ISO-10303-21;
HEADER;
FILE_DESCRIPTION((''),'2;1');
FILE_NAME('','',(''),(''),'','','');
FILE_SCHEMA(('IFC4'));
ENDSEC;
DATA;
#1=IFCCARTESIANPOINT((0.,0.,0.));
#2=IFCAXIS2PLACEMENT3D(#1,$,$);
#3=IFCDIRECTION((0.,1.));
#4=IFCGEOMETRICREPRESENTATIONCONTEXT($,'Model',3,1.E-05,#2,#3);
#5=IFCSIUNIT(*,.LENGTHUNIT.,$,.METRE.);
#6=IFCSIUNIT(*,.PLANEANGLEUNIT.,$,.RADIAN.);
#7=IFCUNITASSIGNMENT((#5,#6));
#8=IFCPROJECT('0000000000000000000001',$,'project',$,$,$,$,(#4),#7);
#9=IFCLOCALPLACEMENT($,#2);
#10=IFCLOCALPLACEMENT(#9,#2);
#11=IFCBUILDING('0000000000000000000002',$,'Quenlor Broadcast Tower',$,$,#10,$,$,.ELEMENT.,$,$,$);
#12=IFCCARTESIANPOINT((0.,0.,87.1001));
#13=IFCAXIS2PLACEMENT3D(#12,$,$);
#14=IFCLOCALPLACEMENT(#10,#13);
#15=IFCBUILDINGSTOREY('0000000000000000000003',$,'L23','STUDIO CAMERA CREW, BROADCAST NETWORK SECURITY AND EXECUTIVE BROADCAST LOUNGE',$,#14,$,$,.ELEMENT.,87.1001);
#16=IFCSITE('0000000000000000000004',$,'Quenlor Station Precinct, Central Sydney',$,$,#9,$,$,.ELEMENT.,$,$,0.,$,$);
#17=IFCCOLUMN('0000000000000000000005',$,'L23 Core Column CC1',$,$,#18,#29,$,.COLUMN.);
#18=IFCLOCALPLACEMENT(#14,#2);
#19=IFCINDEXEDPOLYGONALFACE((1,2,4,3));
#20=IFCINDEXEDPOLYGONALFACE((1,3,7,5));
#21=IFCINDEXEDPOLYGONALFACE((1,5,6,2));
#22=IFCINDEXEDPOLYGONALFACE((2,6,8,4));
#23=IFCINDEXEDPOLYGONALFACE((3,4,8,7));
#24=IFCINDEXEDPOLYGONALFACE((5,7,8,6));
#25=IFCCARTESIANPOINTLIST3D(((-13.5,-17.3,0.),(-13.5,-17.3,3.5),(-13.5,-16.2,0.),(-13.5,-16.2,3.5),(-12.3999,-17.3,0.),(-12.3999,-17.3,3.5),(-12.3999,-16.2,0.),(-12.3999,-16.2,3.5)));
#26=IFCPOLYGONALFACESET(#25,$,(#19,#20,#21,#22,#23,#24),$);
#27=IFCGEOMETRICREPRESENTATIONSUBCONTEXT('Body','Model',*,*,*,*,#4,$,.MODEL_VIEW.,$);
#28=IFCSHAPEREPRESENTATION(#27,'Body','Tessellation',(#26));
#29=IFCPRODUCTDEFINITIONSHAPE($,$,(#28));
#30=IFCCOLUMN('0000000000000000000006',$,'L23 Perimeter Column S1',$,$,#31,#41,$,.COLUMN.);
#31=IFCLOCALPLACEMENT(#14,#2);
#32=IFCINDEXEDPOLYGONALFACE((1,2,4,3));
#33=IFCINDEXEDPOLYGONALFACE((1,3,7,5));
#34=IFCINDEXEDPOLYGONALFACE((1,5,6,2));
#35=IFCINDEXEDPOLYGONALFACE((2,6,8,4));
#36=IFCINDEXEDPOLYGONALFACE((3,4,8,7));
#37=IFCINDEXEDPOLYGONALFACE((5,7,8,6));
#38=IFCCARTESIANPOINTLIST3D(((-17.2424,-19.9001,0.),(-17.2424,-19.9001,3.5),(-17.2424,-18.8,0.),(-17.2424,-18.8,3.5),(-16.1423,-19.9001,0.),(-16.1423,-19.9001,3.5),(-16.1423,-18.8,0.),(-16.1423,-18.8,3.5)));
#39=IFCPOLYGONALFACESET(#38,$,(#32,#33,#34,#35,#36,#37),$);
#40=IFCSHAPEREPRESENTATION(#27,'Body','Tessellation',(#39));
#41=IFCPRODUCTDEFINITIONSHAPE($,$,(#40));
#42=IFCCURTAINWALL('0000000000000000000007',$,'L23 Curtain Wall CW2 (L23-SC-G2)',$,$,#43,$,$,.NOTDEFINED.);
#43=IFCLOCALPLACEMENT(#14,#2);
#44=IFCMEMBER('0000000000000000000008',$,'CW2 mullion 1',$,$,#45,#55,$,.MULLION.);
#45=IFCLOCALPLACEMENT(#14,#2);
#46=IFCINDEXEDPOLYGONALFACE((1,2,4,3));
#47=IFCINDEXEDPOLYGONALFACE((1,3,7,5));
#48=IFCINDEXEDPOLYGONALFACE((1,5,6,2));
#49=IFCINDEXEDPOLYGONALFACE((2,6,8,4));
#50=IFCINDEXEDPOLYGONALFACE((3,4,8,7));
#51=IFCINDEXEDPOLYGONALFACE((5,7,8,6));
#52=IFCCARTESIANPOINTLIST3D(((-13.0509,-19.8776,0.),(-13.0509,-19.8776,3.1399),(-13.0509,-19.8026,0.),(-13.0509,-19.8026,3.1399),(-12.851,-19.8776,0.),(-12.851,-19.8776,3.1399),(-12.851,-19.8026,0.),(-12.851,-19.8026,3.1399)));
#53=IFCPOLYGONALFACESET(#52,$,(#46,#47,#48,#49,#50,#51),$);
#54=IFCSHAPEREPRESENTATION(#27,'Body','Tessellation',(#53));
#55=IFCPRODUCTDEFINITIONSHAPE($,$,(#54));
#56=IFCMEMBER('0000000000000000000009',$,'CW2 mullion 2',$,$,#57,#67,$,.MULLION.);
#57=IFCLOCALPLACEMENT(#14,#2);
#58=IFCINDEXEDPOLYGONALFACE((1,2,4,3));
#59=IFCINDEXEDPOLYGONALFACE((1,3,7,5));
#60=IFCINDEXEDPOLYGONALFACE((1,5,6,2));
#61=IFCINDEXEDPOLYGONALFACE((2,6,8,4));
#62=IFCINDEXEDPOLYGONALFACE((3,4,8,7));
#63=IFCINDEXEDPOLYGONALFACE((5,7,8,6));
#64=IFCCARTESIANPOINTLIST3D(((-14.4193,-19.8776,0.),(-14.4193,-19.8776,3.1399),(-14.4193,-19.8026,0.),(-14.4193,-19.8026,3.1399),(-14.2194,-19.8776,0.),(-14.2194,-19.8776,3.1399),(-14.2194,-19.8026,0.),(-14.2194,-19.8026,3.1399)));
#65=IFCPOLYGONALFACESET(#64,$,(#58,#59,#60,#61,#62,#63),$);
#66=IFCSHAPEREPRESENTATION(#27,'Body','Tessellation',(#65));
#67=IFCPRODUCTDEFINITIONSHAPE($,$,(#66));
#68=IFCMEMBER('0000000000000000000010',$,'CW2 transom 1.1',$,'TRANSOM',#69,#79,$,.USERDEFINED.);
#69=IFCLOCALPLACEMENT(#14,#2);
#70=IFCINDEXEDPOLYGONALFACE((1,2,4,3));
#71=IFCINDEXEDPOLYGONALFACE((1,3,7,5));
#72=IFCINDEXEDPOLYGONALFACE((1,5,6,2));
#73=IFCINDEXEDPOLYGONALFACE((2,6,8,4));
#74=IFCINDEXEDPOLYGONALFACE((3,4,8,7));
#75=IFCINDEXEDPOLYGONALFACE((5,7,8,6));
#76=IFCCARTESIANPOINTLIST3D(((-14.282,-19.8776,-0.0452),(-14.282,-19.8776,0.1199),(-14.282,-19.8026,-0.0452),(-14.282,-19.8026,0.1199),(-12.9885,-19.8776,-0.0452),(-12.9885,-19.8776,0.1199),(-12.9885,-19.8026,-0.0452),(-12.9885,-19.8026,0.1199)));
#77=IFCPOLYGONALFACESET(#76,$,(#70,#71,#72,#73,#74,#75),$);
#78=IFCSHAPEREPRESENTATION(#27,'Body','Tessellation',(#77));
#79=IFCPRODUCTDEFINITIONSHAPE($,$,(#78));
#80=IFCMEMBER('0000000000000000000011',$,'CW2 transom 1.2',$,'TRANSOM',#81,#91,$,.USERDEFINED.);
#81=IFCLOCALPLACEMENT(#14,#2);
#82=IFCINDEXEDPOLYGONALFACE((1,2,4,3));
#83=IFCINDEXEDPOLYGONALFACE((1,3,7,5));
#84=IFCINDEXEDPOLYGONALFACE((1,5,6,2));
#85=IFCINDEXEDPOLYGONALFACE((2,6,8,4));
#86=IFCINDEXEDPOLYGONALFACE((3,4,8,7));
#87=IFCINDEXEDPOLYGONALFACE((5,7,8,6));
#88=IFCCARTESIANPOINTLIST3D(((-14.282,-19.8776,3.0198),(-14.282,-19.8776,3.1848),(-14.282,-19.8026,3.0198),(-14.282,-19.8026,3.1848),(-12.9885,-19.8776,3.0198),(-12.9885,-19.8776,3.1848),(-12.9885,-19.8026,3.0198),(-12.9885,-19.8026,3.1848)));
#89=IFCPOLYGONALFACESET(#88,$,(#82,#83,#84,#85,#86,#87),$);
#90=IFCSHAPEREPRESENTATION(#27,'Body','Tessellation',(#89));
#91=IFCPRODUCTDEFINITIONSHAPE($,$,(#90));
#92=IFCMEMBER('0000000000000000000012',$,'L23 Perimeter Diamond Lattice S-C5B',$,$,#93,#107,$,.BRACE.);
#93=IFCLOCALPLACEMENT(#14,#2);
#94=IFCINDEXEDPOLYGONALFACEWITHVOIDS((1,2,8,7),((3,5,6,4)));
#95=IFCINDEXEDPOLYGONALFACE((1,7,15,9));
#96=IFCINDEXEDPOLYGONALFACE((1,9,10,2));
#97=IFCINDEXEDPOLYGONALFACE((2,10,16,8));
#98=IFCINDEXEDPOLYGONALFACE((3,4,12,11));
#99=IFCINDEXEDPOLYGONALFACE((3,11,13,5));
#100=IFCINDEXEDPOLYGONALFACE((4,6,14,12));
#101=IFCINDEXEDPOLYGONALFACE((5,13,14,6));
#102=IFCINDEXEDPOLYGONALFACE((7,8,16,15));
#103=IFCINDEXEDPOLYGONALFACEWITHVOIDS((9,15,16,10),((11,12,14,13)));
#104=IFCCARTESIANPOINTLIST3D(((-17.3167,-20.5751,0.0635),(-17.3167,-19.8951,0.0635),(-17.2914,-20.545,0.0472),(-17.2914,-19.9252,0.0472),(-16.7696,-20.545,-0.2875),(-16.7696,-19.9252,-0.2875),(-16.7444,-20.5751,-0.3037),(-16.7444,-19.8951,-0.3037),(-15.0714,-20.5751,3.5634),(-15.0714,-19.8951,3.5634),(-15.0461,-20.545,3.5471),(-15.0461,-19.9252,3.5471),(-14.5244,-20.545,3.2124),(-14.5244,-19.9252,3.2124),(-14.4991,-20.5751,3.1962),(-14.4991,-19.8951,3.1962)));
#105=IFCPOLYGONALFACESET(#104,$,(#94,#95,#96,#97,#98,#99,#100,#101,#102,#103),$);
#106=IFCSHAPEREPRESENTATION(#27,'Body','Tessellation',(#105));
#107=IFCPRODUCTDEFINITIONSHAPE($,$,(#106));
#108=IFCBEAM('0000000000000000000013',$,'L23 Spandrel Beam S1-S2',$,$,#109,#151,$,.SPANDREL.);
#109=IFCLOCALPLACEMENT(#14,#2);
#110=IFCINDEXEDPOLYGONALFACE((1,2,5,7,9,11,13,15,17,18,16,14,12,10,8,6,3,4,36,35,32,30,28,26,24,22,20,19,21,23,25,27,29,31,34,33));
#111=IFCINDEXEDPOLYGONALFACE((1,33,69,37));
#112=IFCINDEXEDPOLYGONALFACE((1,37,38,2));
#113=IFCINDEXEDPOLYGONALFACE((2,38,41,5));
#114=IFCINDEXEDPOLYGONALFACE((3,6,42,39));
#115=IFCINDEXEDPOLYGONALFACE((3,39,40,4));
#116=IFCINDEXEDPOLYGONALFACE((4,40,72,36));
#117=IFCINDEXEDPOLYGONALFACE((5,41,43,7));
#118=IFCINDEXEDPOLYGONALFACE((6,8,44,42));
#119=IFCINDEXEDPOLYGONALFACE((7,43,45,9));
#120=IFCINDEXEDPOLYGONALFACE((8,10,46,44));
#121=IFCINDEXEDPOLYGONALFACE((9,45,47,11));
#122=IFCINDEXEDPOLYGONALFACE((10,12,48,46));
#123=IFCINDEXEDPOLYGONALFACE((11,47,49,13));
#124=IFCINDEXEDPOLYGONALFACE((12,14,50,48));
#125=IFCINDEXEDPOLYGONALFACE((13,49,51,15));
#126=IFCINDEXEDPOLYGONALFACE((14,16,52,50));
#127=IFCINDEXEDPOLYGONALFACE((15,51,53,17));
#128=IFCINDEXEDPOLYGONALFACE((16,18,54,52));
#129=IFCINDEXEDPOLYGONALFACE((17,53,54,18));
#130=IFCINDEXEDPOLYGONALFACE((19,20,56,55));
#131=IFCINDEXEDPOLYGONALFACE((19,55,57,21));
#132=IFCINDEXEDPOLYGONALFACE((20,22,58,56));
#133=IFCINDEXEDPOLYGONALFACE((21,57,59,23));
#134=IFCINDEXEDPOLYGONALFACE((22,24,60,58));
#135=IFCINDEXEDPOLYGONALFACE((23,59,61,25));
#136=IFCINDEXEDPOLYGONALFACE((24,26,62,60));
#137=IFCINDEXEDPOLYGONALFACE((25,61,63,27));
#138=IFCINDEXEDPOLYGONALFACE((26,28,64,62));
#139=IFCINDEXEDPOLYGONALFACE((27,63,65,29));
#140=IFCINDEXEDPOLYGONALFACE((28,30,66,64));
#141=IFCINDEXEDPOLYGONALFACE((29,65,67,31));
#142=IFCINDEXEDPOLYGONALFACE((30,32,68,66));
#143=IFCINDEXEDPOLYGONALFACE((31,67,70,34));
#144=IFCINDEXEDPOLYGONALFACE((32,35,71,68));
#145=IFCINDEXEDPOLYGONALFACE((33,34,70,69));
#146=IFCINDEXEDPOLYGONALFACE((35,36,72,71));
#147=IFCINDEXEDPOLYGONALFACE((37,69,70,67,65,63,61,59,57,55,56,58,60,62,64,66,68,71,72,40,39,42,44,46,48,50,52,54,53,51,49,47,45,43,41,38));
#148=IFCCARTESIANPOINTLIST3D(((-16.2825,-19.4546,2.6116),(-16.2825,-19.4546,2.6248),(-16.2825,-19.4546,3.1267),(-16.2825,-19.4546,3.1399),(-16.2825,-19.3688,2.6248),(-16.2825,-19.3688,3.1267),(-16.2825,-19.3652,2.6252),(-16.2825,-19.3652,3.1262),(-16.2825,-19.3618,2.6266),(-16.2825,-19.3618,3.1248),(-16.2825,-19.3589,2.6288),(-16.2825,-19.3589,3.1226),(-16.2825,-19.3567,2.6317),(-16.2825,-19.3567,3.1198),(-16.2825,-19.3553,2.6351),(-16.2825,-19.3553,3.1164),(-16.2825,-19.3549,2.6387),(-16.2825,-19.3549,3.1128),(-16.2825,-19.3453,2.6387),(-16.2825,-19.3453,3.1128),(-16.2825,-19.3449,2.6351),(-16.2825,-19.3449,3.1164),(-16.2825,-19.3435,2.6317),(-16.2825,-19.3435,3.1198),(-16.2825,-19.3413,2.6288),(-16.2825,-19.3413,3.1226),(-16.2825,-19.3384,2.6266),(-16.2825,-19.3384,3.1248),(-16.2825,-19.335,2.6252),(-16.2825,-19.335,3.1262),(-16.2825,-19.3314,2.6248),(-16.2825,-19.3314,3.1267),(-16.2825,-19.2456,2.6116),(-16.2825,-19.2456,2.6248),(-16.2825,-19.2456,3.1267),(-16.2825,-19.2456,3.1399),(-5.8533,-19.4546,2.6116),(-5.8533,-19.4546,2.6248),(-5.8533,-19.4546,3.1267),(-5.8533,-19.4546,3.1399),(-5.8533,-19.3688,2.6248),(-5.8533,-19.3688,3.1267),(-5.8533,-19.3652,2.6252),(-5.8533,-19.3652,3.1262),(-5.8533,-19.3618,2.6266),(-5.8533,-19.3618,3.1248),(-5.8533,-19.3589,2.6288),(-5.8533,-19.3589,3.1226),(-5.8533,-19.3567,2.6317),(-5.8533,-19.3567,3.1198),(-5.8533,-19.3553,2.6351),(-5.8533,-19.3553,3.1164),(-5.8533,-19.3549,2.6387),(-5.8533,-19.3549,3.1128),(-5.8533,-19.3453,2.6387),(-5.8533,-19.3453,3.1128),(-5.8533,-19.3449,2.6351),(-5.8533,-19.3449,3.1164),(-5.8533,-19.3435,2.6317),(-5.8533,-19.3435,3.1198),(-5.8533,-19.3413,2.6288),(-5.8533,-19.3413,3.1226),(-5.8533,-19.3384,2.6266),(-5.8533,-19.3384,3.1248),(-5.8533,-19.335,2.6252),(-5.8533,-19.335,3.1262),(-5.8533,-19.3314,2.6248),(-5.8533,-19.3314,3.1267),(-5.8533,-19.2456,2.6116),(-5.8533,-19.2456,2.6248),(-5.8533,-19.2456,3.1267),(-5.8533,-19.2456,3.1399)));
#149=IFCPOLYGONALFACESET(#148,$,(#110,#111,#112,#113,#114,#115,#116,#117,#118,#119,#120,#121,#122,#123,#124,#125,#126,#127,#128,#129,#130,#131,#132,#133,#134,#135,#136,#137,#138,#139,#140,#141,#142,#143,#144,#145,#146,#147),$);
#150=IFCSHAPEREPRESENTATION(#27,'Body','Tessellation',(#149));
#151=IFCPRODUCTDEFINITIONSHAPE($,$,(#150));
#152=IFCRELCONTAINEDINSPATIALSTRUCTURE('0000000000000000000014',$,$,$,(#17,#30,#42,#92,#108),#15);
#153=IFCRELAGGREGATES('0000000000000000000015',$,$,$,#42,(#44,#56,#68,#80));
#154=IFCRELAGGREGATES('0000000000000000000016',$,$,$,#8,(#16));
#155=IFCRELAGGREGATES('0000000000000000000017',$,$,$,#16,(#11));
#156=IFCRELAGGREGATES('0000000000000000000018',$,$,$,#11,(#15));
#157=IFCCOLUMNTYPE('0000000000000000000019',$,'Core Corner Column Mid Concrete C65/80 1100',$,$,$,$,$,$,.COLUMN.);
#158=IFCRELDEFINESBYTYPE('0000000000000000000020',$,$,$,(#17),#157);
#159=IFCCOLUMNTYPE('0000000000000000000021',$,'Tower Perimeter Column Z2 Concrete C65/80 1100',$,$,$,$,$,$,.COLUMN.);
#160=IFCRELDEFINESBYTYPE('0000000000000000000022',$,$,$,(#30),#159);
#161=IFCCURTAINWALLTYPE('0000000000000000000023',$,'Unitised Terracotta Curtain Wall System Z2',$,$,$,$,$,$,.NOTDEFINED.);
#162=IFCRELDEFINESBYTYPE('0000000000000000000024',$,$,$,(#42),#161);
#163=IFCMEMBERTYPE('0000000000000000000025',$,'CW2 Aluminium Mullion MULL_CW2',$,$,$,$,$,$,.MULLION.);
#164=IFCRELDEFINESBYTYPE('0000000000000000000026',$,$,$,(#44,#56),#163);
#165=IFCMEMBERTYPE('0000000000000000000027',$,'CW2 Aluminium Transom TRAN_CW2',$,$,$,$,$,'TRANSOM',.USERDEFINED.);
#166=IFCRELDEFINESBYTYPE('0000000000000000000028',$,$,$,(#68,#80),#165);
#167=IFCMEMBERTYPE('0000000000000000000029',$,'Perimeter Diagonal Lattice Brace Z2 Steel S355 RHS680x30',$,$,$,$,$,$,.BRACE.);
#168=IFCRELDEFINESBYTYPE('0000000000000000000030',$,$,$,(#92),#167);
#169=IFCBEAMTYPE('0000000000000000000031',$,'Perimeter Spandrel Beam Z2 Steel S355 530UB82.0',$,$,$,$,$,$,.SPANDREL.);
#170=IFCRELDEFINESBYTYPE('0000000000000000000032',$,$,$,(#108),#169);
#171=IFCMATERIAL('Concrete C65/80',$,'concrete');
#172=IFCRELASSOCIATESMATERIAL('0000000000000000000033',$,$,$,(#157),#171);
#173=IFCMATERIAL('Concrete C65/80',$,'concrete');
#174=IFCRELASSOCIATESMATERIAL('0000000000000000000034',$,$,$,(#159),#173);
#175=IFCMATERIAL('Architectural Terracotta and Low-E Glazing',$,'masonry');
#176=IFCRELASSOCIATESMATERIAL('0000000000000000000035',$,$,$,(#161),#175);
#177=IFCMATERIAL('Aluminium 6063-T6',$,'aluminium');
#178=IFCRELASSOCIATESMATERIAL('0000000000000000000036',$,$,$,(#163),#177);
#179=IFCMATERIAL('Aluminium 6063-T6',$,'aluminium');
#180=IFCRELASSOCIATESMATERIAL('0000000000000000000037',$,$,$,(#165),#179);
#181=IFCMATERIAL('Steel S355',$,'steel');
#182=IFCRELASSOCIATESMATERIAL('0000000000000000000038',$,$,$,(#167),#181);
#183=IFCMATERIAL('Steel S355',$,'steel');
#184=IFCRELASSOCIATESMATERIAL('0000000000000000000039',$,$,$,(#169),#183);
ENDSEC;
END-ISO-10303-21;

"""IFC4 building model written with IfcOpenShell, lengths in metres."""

from ifc_helpers import new_model, si_unit, direction, frame, origin, origin_2d, place, context, subcontext, project, spatial, rectangle, hollow_rectangle, i_section, extrude, material, material_profile, profile_set, type_object, element, aggregate, save


model = new_model("IFC4")

# Units and contexts
model_context = context("Model", 3, precision=1e-05, world=origin(), true_north=direction((0.0, 1.0)))
body_context = subcontext(model_context, "Body", "Model", "MODEL_VIEW")
ifc_project = project(units=[si_unit("LENGTHUNIT", "METRE"), si_unit("PLANEANGLEUNIT", "RADIAN")], contexts=[model_context])

# Site, building, storey
site_placement = place(None, origin())
site = spatial("IfcSite", under=ifc_project, at=site_placement, Name="Quenlor Station Precinct, Central Sydney", CompositionType="ELEMENT", RefElevation=0.0)
building_placement = place(site_placement, origin())
building = spatial("IfcBuilding", under=site, at=building_placement, Name="Quenlor Broadcast Tower", CompositionType="ELEMENT")
storey_placement = place(building_placement, frame((0.0, 0.0, 87.1001)))
storey = spatial("IfcBuildingStorey", under=building, at=storey_placement, Name="L23", Description="STUDIO CAMERA CREW, BROADCAST NETWORK SECURITY AND EXECUTIVE BROADCAST LOUNGE", CompositionType="ELEMENT", Elevation=87.1001)

# Columns
ifc_material_1 = material(Name="Concrete C65/80", Category="concrete")
ifc_material_profile_1 = material_profile(ifc_material_1, rectangle(XDim=1.1001, YDim=1.1001, at=origin_2d()))
ifc_profile_set_1 = profile_set([ifc_material_profile_1], Name="Concrete C65/80 RC1100x1100")
column_type_1 = type_object("IfcColumnType", Name="Core Corner Column Mid Concrete C65/80 1100", PredefinedType="COLUMN", material=ifc_profile_set_1)
column_1_placement = place(storey_placement, frame((-12.95, -16.75, 0.0), z_axis=(0.0, 0.0, 1.0), x_axis=(1.0, 0.0, 0.0)))
element("IfcColumn", 1, at=column_1_placement, inside=storey, type_object=column_type_1, Name="L23 Core Column CC1", PredefinedType="COLUMN", context=body_context, shape_type="SweptSolid", body=[
    extrude(rectangle(XDim=1.1001, YDim=1.1001, at=origin_2d()), origin(), (0.0, 0.0, 1.0), 3.5),
])
ifc_material_2 = material(Name="Concrete C65/80", Category="concrete")
ifc_material_profile_2 = material_profile(ifc_material_2, rectangle(XDim=1.1001, YDim=1.1001, at=origin_2d()))
ifc_profile_set_2 = profile_set([ifc_material_profile_2], Name="Concrete C65/80 RC1100x1100")
column_type_2 = type_object("IfcColumnType", Name="Tower Perimeter Column Z2 Concrete C65/80 1100", PredefinedType="COLUMN", material=ifc_profile_set_2)
column_2_placement = place(storey_placement, frame((-16.6924, -19.3501, 0.0), z_axis=(0.0, 0.0, 1.0), x_axis=(0.0, 1.0, 0.0)))
element("IfcColumn", 2, at=column_2_placement, inside=storey, type_object=column_type_2, Name="L23 Perimeter Column S1", PredefinedType="COLUMN", context=body_context, shape_type="SweptSolid", body=[
    extrude(rectangle(XDim=1.1001, YDim=1.1001, at=origin_2d()), origin(), (0.0, 0.0, 1.0), 3.5),
])

# Curtain wall, members
ifc_material_3 = material(Name="Architectural Terracotta and Low-E Glazing", Category="masonry")
curtain_wall_type = type_object("IfcCurtainWallType", Name="Unitised Terracotta Curtain Wall System Z2", PredefinedType="NOTDEFINED", material=ifc_material_3)
curtain_wall_placement = place(storey_placement, origin())
curtain_wall = element("IfcCurtainWall", 3, at=curtain_wall_placement, inside=storey, type_object=curtain_wall_type, Name="L23 Curtain Wall CW2 (L23-SC-G2)", PredefinedType="NOTDEFINED")
ifc_material_4 = material(Name="Aluminium 6063-T6", Category="aluminium")
ifc_material_profile_3 = material_profile(ifc_material_4, rectangle(XDim=0.075, YDim=0.2, at=origin_2d()))
ifc_profile_set_3 = profile_set([ifc_material_profile_3], Name="Aluminium 6063-T6 MULL75x200")
member_type_1 = type_object("IfcMemberType", Name="CW2 Aluminium Mullion MULL_CW2", PredefinedType="MULLION", material=ifc_profile_set_3)
member_1_placement = place(storey_placement, frame((-12.9509, -19.8401, 0.0), z_axis=(0.0, 0.0, 1.0), x_axis=(0.0, -1.0, 0.0)))
member_1 = element("IfcMember", 4, at=member_1_placement, type_object=member_type_1, Name="CW2 mullion 1", PredefinedType="MULLION", context=body_context, shape_type="SweptSolid", body=[
    extrude(rectangle(XDim=0.075, YDim=0.2, at=origin_2d()), origin(), (0.0, 0.0, 1.0), 3.1399),
])
member_2_placement = place(storey_placement, frame((-14.3193, -19.8401, 0.0), z_axis=(0.0, 0.0, 1.0), x_axis=(0.0, -1.0, 0.0)))
member_2 = element("IfcMember", 5, at=member_2_placement, type_object=member_type_1, Name="CW2 mullion 2", PredefinedType="MULLION", context=body_context, shape_type="SweptSolid", body=[
    extrude(rectangle(XDim=0.075, YDim=0.2, at=origin_2d()), origin(), (0.0, 0.0, 1.0), 3.1399),
])
ifc_material_5 = material(Name="Aluminium 6063-T6", Category="aluminium")
ifc_material_profile_4 = material_profile(ifc_material_5, rectangle(XDim=0.075, YDim=0.165, at=origin_2d()))
ifc_profile_set_4 = profile_set([ifc_material_profile_4], Name="Aluminium 6063-T6 TRAN75x165")
member_type_2 = type_object("IfcMemberType", Name="CW2 Aluminium Transom TRAN_CW2", ElementType="TRANSOM", PredefinedType="USERDEFINED", material=ifc_profile_set_4)
member_3_placement = place(storey_placement, frame((-12.9885, -19.8401, 0.0374), z_axis=(-1.0, 0.0, 0.0), x_axis=(0.0, -1.0, 0.0)))
member_3 = element("IfcMember", 6, at=member_3_placement, type_object=member_type_2, Name="CW2 transom 1.1", ObjectType="TRANSOM", PredefinedType="USERDEFINED", context=body_context, shape_type="SweptSolid", body=[
    extrude(rectangle(XDim=0.075, YDim=0.165, at=origin_2d()), origin(), (0.0, 0.0, 1.0), 1.2935),
])
member_4_placement = place(storey_placement, frame((-12.9885, -19.8401, 3.1023), z_axis=(-1.0, 0.0, 0.0), x_axis=(0.0, -1.0, 0.0)))
member_4 = element("IfcMember", 7, at=member_4_placement, type_object=member_type_2, Name="CW2 transom 1.2", ObjectType="TRANSOM", PredefinedType="USERDEFINED", context=body_context, shape_type="SweptSolid", body=[
    extrude(rectangle(XDim=0.075, YDim=0.165, at=origin_2d()), origin(), (0.0, 0.0, 1.0), 1.2935),
])

# Member
ifc_material_6 = material(Name="Steel S355", Category="steel")
ifc_material_profile_5 = material_profile(ifc_material_6, hollow_rectangle(XDim=0.6799, YDim=0.6799, WallThickness=0.03, at=origin_2d()))
ifc_profile_set_5 = profile_set([ifc_material_profile_5], Name="Steel S355 RHS680x680x30")
member_type_3 = type_object("IfcMemberType", Name="Perimeter Diagonal Lattice Brace Z2 Steel S355 RHS680x30", PredefinedType="BRACE", material=ifc_profile_set_5)
member_5_placement = place(storey_placement, frame((-17.0305, -20.2351, -0.1201), z_axis=(0.539968, 0.0, 0.841686), x_axis=(0.0, 1.0, 0.0)))
element("IfcMember", 8, at=member_5_placement, inside=storey, type_object=member_type_3, Name="L23 Perimeter Diamond Lattice S-C5B", PredefinedType="BRACE", context=body_context, shape_type="SweptSolid", body=[
    extrude(hollow_rectangle(XDim=0.6799, YDim=0.6799, WallThickness=0.03, at=origin_2d()), origin(), (0.0, 0.0, 1.0), 4.1582),
])

# Beam
ifc_material_7 = material(Name="Steel S355", Category="steel")
ifc_material_profile_6 = material_profile(ifc_material_7, i_section(OverallWidth=0.209, OverallDepth=0.5283, WebThickness=0.0095, FlangeThickness=0.0132, FilletRadius=0.0139, at=origin_2d()))
ifc_profile_set_6 = profile_set([ifc_material_profile_6], Name="Steel S355 530UB82.0")
beam_type_1 = type_object("IfcBeamType", Name="Perimeter Spandrel Beam Z2 Steel S355 530UB82.0", PredefinedType="SPANDREL", material=ifc_profile_set_6)
beam_1_placement = place(storey_placement, frame((-16.2825, -19.3501, 2.8757), z_axis=(1.0, 0.0, 0.0), x_axis=(0.0, 1.0, 0.0)))
element("IfcBeam", 9, at=beam_1_placement, inside=storey, type_object=beam_type_1, Name="L23 Spandrel Beam S1-S2", PredefinedType="SPANDREL", context=body_context, shape_type="SweptSolid", body=[
    extrude(i_section(OverallWidth=0.209, OverallDepth=0.5283, WebThickness=0.0095, FlangeThickness=0.0132, FilletRadius=0.0139, at=origin_2d()), origin(), (0.0, 0.0, 1.0), 10.4292),
])

aggregate(curtain_wall, [member_1, member_2, member_3, member_4])

save(model, "model.ifc")
